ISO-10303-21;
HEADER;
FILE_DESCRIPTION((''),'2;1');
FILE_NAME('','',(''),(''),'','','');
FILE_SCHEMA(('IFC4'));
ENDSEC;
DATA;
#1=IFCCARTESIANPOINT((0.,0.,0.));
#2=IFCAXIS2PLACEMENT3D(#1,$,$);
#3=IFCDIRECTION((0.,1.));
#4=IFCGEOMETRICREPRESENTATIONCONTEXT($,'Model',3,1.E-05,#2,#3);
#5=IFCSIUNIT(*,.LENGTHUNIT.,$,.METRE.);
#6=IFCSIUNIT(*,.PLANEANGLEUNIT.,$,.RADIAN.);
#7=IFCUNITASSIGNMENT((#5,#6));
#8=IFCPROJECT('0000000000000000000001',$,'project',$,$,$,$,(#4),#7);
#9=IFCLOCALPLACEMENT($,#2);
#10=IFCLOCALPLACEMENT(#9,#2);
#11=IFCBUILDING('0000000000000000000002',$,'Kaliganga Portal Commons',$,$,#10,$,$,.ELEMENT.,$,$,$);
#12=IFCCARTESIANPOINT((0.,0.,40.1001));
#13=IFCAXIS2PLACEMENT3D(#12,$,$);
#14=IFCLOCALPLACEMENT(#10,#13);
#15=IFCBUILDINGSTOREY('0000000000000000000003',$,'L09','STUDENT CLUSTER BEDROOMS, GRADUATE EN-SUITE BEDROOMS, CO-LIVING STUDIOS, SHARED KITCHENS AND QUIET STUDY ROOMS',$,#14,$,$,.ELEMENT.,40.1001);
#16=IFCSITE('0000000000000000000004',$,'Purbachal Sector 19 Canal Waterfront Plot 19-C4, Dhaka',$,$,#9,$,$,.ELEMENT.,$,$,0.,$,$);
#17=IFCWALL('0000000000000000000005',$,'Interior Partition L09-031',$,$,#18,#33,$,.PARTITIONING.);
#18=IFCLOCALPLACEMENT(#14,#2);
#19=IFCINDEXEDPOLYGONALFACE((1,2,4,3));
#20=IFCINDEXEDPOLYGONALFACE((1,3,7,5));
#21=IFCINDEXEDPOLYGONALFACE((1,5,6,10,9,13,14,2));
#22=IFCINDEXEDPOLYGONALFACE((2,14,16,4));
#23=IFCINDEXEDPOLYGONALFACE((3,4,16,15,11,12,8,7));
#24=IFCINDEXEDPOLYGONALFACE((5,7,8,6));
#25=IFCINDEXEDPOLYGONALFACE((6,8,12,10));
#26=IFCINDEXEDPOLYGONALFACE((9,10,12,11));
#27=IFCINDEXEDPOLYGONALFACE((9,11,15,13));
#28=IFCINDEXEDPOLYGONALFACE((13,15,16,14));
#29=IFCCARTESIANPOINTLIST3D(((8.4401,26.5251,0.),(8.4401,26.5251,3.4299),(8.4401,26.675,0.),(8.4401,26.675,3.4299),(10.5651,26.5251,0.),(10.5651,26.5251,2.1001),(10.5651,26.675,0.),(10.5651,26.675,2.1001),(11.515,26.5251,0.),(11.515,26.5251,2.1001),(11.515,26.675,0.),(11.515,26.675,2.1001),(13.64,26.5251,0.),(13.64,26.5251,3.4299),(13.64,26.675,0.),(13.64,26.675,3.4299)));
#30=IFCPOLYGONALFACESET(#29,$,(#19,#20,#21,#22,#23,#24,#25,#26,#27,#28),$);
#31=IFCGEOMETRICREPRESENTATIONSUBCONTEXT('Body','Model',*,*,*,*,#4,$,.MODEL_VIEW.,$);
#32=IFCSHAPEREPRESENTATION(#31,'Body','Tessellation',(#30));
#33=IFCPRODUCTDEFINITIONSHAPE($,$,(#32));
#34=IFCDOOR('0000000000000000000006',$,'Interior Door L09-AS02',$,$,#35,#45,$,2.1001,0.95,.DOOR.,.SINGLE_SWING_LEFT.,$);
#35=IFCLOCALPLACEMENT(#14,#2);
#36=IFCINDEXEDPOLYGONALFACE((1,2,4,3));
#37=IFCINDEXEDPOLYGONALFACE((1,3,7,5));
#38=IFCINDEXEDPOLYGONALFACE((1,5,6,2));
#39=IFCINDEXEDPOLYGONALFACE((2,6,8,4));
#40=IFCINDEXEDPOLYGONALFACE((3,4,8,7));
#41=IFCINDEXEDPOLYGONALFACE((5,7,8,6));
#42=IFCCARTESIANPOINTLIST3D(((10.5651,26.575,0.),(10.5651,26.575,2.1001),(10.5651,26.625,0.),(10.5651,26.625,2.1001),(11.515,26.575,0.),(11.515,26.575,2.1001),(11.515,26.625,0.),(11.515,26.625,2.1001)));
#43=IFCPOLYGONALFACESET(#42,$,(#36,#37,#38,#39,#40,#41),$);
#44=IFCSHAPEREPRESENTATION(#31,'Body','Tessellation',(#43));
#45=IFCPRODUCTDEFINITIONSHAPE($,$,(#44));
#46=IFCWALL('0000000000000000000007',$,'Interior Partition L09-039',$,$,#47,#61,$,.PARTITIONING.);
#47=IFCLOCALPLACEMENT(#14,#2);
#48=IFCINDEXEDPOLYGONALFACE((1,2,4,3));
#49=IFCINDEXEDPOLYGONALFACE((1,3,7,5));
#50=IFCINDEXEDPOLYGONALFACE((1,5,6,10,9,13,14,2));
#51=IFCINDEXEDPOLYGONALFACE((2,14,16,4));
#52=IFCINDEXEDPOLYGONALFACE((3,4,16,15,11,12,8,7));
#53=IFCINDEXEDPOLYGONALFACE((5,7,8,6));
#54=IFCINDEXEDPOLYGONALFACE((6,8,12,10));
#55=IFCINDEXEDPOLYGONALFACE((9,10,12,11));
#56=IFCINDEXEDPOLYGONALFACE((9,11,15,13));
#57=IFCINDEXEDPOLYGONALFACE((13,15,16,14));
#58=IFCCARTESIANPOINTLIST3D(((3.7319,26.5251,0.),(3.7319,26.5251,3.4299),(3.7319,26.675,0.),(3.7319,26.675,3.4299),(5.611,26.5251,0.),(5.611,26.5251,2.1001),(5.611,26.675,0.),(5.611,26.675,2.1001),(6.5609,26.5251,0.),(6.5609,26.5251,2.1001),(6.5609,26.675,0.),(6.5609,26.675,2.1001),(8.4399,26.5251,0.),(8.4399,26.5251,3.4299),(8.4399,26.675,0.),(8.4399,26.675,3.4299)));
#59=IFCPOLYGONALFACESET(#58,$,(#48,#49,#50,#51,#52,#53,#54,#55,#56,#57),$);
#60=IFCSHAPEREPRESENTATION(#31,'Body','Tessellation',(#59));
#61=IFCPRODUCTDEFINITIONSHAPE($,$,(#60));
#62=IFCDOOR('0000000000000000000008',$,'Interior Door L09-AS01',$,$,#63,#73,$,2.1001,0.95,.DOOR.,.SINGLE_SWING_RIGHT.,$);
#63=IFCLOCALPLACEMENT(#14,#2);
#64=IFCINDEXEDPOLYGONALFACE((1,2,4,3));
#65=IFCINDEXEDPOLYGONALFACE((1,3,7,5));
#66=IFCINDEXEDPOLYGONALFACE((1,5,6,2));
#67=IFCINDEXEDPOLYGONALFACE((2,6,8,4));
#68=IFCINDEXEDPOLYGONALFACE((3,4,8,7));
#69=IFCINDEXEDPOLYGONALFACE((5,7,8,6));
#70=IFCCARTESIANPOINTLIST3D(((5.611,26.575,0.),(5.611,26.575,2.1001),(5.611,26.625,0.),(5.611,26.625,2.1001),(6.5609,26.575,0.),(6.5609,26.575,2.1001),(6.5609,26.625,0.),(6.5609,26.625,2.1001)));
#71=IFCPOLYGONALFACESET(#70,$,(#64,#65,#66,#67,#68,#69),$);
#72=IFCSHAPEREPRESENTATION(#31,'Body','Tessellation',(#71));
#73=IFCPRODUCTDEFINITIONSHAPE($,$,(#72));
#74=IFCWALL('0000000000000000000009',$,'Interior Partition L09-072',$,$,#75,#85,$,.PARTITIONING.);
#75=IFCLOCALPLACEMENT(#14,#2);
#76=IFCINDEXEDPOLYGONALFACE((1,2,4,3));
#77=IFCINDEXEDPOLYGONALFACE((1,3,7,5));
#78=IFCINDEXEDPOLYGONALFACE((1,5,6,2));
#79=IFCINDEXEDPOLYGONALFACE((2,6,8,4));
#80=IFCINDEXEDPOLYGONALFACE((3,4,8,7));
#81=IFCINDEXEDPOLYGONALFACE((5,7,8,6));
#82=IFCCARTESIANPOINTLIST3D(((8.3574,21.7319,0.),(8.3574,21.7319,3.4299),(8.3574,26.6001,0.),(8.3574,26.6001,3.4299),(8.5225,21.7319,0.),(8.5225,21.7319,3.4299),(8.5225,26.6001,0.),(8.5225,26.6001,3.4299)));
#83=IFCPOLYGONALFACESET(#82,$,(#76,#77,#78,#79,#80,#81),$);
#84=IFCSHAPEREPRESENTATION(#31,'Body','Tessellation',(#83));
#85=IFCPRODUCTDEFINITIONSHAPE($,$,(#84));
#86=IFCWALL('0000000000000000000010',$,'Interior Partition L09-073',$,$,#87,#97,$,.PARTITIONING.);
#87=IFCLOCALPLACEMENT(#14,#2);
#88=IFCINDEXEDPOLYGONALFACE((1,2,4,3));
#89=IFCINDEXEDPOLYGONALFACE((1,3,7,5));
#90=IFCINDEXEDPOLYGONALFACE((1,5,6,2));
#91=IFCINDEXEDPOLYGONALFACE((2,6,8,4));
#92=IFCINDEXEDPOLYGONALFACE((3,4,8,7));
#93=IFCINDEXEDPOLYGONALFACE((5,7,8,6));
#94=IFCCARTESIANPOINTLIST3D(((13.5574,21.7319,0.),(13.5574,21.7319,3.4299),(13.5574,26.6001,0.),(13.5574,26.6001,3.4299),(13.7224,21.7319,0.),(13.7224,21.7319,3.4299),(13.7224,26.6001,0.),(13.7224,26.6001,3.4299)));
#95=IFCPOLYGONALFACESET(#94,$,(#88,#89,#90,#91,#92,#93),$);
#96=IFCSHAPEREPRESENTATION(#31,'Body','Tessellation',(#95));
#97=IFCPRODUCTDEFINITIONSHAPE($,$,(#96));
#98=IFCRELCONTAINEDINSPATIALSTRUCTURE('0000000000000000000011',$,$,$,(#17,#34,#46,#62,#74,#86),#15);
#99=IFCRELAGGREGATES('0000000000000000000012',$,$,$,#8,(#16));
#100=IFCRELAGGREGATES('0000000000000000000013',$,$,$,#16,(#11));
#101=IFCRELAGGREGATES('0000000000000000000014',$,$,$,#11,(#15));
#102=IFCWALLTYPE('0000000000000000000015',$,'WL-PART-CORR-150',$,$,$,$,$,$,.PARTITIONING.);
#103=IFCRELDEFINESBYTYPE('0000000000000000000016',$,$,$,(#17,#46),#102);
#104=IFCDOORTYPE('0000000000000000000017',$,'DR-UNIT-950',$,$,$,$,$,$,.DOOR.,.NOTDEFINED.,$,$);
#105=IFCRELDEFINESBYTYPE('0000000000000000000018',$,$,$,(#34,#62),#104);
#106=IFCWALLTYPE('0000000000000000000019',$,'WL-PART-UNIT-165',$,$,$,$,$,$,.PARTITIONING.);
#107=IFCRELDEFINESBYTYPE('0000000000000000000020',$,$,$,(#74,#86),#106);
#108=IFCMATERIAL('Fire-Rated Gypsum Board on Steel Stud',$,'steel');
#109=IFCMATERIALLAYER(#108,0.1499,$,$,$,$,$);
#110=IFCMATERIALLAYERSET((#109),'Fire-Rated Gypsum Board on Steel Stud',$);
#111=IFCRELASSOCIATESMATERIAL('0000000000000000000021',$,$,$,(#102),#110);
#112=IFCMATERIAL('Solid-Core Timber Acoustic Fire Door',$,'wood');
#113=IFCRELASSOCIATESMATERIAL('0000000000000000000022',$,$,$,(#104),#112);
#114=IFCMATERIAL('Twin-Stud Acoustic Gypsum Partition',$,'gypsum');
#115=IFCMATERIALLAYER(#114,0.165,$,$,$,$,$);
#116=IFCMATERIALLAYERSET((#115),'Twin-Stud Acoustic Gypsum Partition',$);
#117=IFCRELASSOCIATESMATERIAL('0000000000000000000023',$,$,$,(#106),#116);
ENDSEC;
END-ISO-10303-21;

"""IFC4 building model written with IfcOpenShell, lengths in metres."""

from ifc_helpers import new_model, si_unit, direction, frame, frame_2d, origin, place, context, subcontext, project, spatial, rectangle, extrude, material, layer, layer_set, type_object, element, fill, save


model = new_model("IFC4")

# Units and contexts
model_context = context("Model", 3, precision=1e-05, world=origin(), true_north=direction((0.0, 1.0)))
body_context = subcontext(model_context, "Body", "Model", "MODEL_VIEW")
ifc_project = project(units=[si_unit("LENGTHUNIT", "METRE"), si_unit("PLANEANGLEUNIT", "RADIAN")], contexts=[model_context])

# Site, building, storey
site_placement = place(None, origin())
site = spatial("IfcSite", under=ifc_project, at=site_placement, Name="Purbachal Sector 19 Canal Waterfront Plot 19-C4, Dhaka", CompositionType="ELEMENT", RefElevation=0.0)
building_placement = place(site_placement, origin())
building = spatial("IfcBuilding", under=site, at=building_placement, Name="Kaliganga Portal Commons", CompositionType="ELEMENT")
storey_placement = place(building_placement, frame((0.0, 0.0, 40.1001)))
storey = spatial("IfcBuildingStorey", under=building, at=storey_placement, Name="L09", Description="STUDENT CLUSTER BEDROOMS, GRADUATE EN-SUITE BEDROOMS, CO-LIVING STUDIOS, SHARED KITCHENS AND QUIET STUDY ROOMS", CompositionType="ELEMENT", Elevation=40.1001)

# Walls, openings, doors
ifc_material_1 = material(Name="Fire-Rated Gypsum Board on Steel Stud", Category="steel")
ifc_layer_1 = layer(ifc_material_1, 0.1499)
ifc_layer_set_1 = layer_set([ifc_layer_1], Name="Fire-Rated Gypsum Board on Steel Stud")
wall_type_1 = type_object("IfcWallType", Name="WL-PART-CORR-150", PredefinedType="PARTITIONING", material=ifc_layer_set_1)
ifc_material_2 = material(Name="Solid-Core Timber Acoustic Fire Door", Category="wood")
door_type_1 = type_object("IfcDoorType", Name="DR-UNIT-950", OperationType="NOTDEFINED", PredefinedType="DOOR", material=ifc_material_2)
wall_1_placement = place(storey_placement, frame((8.4399, 26.6001, 0.0), z_axis=(0.0, 0.0, 1.0), x_axis=(1.0, 0.0, 0.0)))
wall_1 = element("IfcWall", 1, at=wall_1_placement, inside=storey, type_object=wall_type_1, Name="Interior Partition L09-031", PredefinedType="PARTITIONING", context=body_context, shape_type="SweptSolid", body=[
    extrude(rectangle(XDim=5.2, YDim=0.1499, at=frame_2d((2.6001, 0.0))), origin(), (0.0, 0.0, 1.0), 3.4299),
])
opening_1_placement = place(wall_1_placement, frame((2.125, 0.0, 0.0)))
opening_1 = element("IfcOpeningElement", 2, at=opening_1_placement, cuts=wall_1, PredefinedType="OPENING", context=body_context, shape_type="SweptSolid", body=[
    extrude(rectangle(XDim=0.95, YDim=2.1001, at=frame_2d((0.4751, 1.05))), frame((0.0, 0.085, 0.0), z_axis=(0.0, -1.0, 0.0), x_axis=(1.0, 0.0, 0.0)), (0.0, 0.0, 1.0), 0.1699),
])
door_1_placement = place(opening_1_placement, origin())
door_1 = element("IfcDoor", 3, at=door_1_placement, inside=storey, type_object=door_type_1, Name="Interior Door L09-AS02", OperationType="SINGLE_SWING_LEFT", OverallHeight=2.1001, OverallWidth=0.95, PredefinedType="DOOR", context=body_context, shape_type="SweptSolid", body=[
    extrude(rectangle(XDim=0.95, YDim=2.1001, at=frame_2d((0.4751, 1.05))), frame((0.0, 0.0249, 0.0), z_axis=(0.0, -1.0, 0.0), x_axis=(1.0, 0.0, 0.0)), (0.0, 0.0, 1.0), 0.05),
])
fill(opening_1, door_1)
wall_2_placement = place(storey_placement, frame((3.7319, 26.6001, 0.0), z_axis=(0.0, 0.0, 1.0), x_axis=(1.0, 0.0, 0.0)))
wall_2 = element("IfcWall", 4, at=wall_2_placement, inside=storey, type_object=wall_type_1, Name="Interior Partition L09-039", PredefinedType="PARTITIONING", context=body_context, shape_type="SweptSolid", body=[
    extrude(rectangle(XDim=4.708, YDim=0.1499, at=frame_2d((2.354, 0.0))), origin(), (0.0, 0.0, 1.0), 3.4299),
])
opening_2_placement = place(wall_2_placement, frame((1.8789, 0.0, 0.0)))
opening_2 = element("IfcOpeningElement", 5, at=opening_2_placement, cuts=wall_2, PredefinedType="OPENING", context=body_context, shape_type="SweptSolid", body=[
    extrude(rectangle(XDim=0.95, YDim=2.1001, at=frame_2d((0.4751, 1.05))), frame((0.0, 0.085, 0.0), z_axis=(0.0, -1.0, 0.0), x_axis=(1.0, 0.0, 0.0)), (0.0, 0.0, 1.0), 0.1699),
])
door_2_placement = place(opening_2_placement, origin())
door_2 = element("IfcDoor", 6, at=door_2_placement, inside=storey, type_object=door_type_1, Name="Interior Door L09-AS01", OperationType="SINGLE_SWING_RIGHT", OverallHeight=2.1001, OverallWidth=0.95, PredefinedType="DOOR", context=body_context, shape_type="SweptSolid", body=[
    extrude(rectangle(XDim=0.95, YDim=2.1001, at=frame_2d((0.4751, 1.05))), frame((0.0, 0.0249, 0.0), z_axis=(0.0, -1.0, 0.0), x_axis=(1.0, 0.0, 0.0)), (0.0, 0.0, 1.0), 0.05),
])
fill(opening_2, door_2)

# Walls
ifc_material_3 = material(Name="Twin-Stud Acoustic Gypsum Partition", Category="gypsum")
ifc_layer_2 = layer(ifc_material_3, 0.165)
ifc_layer_set_2 = layer_set([ifc_layer_2], Name="Twin-Stud Acoustic Gypsum Partition")
wall_type_2 = type_object("IfcWallType", Name="WL-PART-UNIT-165", PredefinedType="PARTITIONING", material=ifc_layer_set_2)
for number, where, z_axis, x_axis, name in (
    (7, (8.4399, 21.7319, 0.0), (0.0, 0.0, 1.0), (0.0, 1.0, 0.0), "Interior Partition L09-072"),
    (8, (13.6399, 21.7319, 0.0), (0.0, 0.0, 1.0), (0.0, 1.0, 0.0), "Interior Partition L09-073"),
):
    element("IfcWall", number, at=place(storey_placement, frame(where, z_axis=z_axis, x_axis=x_axis)), inside=storey, type_object=wall_type_2, Name=name, PredefinedType="PARTITIONING", context=body_context, shape_type="SweptSolid", body=[
        extrude(rectangle(XDim=4.8682, YDim=0.165, at=frame_2d((2.4341, 0.0))), origin(), (0.0, 0.0, 1.0), 3.4299),
    ])

save(model, "model.ifc")
